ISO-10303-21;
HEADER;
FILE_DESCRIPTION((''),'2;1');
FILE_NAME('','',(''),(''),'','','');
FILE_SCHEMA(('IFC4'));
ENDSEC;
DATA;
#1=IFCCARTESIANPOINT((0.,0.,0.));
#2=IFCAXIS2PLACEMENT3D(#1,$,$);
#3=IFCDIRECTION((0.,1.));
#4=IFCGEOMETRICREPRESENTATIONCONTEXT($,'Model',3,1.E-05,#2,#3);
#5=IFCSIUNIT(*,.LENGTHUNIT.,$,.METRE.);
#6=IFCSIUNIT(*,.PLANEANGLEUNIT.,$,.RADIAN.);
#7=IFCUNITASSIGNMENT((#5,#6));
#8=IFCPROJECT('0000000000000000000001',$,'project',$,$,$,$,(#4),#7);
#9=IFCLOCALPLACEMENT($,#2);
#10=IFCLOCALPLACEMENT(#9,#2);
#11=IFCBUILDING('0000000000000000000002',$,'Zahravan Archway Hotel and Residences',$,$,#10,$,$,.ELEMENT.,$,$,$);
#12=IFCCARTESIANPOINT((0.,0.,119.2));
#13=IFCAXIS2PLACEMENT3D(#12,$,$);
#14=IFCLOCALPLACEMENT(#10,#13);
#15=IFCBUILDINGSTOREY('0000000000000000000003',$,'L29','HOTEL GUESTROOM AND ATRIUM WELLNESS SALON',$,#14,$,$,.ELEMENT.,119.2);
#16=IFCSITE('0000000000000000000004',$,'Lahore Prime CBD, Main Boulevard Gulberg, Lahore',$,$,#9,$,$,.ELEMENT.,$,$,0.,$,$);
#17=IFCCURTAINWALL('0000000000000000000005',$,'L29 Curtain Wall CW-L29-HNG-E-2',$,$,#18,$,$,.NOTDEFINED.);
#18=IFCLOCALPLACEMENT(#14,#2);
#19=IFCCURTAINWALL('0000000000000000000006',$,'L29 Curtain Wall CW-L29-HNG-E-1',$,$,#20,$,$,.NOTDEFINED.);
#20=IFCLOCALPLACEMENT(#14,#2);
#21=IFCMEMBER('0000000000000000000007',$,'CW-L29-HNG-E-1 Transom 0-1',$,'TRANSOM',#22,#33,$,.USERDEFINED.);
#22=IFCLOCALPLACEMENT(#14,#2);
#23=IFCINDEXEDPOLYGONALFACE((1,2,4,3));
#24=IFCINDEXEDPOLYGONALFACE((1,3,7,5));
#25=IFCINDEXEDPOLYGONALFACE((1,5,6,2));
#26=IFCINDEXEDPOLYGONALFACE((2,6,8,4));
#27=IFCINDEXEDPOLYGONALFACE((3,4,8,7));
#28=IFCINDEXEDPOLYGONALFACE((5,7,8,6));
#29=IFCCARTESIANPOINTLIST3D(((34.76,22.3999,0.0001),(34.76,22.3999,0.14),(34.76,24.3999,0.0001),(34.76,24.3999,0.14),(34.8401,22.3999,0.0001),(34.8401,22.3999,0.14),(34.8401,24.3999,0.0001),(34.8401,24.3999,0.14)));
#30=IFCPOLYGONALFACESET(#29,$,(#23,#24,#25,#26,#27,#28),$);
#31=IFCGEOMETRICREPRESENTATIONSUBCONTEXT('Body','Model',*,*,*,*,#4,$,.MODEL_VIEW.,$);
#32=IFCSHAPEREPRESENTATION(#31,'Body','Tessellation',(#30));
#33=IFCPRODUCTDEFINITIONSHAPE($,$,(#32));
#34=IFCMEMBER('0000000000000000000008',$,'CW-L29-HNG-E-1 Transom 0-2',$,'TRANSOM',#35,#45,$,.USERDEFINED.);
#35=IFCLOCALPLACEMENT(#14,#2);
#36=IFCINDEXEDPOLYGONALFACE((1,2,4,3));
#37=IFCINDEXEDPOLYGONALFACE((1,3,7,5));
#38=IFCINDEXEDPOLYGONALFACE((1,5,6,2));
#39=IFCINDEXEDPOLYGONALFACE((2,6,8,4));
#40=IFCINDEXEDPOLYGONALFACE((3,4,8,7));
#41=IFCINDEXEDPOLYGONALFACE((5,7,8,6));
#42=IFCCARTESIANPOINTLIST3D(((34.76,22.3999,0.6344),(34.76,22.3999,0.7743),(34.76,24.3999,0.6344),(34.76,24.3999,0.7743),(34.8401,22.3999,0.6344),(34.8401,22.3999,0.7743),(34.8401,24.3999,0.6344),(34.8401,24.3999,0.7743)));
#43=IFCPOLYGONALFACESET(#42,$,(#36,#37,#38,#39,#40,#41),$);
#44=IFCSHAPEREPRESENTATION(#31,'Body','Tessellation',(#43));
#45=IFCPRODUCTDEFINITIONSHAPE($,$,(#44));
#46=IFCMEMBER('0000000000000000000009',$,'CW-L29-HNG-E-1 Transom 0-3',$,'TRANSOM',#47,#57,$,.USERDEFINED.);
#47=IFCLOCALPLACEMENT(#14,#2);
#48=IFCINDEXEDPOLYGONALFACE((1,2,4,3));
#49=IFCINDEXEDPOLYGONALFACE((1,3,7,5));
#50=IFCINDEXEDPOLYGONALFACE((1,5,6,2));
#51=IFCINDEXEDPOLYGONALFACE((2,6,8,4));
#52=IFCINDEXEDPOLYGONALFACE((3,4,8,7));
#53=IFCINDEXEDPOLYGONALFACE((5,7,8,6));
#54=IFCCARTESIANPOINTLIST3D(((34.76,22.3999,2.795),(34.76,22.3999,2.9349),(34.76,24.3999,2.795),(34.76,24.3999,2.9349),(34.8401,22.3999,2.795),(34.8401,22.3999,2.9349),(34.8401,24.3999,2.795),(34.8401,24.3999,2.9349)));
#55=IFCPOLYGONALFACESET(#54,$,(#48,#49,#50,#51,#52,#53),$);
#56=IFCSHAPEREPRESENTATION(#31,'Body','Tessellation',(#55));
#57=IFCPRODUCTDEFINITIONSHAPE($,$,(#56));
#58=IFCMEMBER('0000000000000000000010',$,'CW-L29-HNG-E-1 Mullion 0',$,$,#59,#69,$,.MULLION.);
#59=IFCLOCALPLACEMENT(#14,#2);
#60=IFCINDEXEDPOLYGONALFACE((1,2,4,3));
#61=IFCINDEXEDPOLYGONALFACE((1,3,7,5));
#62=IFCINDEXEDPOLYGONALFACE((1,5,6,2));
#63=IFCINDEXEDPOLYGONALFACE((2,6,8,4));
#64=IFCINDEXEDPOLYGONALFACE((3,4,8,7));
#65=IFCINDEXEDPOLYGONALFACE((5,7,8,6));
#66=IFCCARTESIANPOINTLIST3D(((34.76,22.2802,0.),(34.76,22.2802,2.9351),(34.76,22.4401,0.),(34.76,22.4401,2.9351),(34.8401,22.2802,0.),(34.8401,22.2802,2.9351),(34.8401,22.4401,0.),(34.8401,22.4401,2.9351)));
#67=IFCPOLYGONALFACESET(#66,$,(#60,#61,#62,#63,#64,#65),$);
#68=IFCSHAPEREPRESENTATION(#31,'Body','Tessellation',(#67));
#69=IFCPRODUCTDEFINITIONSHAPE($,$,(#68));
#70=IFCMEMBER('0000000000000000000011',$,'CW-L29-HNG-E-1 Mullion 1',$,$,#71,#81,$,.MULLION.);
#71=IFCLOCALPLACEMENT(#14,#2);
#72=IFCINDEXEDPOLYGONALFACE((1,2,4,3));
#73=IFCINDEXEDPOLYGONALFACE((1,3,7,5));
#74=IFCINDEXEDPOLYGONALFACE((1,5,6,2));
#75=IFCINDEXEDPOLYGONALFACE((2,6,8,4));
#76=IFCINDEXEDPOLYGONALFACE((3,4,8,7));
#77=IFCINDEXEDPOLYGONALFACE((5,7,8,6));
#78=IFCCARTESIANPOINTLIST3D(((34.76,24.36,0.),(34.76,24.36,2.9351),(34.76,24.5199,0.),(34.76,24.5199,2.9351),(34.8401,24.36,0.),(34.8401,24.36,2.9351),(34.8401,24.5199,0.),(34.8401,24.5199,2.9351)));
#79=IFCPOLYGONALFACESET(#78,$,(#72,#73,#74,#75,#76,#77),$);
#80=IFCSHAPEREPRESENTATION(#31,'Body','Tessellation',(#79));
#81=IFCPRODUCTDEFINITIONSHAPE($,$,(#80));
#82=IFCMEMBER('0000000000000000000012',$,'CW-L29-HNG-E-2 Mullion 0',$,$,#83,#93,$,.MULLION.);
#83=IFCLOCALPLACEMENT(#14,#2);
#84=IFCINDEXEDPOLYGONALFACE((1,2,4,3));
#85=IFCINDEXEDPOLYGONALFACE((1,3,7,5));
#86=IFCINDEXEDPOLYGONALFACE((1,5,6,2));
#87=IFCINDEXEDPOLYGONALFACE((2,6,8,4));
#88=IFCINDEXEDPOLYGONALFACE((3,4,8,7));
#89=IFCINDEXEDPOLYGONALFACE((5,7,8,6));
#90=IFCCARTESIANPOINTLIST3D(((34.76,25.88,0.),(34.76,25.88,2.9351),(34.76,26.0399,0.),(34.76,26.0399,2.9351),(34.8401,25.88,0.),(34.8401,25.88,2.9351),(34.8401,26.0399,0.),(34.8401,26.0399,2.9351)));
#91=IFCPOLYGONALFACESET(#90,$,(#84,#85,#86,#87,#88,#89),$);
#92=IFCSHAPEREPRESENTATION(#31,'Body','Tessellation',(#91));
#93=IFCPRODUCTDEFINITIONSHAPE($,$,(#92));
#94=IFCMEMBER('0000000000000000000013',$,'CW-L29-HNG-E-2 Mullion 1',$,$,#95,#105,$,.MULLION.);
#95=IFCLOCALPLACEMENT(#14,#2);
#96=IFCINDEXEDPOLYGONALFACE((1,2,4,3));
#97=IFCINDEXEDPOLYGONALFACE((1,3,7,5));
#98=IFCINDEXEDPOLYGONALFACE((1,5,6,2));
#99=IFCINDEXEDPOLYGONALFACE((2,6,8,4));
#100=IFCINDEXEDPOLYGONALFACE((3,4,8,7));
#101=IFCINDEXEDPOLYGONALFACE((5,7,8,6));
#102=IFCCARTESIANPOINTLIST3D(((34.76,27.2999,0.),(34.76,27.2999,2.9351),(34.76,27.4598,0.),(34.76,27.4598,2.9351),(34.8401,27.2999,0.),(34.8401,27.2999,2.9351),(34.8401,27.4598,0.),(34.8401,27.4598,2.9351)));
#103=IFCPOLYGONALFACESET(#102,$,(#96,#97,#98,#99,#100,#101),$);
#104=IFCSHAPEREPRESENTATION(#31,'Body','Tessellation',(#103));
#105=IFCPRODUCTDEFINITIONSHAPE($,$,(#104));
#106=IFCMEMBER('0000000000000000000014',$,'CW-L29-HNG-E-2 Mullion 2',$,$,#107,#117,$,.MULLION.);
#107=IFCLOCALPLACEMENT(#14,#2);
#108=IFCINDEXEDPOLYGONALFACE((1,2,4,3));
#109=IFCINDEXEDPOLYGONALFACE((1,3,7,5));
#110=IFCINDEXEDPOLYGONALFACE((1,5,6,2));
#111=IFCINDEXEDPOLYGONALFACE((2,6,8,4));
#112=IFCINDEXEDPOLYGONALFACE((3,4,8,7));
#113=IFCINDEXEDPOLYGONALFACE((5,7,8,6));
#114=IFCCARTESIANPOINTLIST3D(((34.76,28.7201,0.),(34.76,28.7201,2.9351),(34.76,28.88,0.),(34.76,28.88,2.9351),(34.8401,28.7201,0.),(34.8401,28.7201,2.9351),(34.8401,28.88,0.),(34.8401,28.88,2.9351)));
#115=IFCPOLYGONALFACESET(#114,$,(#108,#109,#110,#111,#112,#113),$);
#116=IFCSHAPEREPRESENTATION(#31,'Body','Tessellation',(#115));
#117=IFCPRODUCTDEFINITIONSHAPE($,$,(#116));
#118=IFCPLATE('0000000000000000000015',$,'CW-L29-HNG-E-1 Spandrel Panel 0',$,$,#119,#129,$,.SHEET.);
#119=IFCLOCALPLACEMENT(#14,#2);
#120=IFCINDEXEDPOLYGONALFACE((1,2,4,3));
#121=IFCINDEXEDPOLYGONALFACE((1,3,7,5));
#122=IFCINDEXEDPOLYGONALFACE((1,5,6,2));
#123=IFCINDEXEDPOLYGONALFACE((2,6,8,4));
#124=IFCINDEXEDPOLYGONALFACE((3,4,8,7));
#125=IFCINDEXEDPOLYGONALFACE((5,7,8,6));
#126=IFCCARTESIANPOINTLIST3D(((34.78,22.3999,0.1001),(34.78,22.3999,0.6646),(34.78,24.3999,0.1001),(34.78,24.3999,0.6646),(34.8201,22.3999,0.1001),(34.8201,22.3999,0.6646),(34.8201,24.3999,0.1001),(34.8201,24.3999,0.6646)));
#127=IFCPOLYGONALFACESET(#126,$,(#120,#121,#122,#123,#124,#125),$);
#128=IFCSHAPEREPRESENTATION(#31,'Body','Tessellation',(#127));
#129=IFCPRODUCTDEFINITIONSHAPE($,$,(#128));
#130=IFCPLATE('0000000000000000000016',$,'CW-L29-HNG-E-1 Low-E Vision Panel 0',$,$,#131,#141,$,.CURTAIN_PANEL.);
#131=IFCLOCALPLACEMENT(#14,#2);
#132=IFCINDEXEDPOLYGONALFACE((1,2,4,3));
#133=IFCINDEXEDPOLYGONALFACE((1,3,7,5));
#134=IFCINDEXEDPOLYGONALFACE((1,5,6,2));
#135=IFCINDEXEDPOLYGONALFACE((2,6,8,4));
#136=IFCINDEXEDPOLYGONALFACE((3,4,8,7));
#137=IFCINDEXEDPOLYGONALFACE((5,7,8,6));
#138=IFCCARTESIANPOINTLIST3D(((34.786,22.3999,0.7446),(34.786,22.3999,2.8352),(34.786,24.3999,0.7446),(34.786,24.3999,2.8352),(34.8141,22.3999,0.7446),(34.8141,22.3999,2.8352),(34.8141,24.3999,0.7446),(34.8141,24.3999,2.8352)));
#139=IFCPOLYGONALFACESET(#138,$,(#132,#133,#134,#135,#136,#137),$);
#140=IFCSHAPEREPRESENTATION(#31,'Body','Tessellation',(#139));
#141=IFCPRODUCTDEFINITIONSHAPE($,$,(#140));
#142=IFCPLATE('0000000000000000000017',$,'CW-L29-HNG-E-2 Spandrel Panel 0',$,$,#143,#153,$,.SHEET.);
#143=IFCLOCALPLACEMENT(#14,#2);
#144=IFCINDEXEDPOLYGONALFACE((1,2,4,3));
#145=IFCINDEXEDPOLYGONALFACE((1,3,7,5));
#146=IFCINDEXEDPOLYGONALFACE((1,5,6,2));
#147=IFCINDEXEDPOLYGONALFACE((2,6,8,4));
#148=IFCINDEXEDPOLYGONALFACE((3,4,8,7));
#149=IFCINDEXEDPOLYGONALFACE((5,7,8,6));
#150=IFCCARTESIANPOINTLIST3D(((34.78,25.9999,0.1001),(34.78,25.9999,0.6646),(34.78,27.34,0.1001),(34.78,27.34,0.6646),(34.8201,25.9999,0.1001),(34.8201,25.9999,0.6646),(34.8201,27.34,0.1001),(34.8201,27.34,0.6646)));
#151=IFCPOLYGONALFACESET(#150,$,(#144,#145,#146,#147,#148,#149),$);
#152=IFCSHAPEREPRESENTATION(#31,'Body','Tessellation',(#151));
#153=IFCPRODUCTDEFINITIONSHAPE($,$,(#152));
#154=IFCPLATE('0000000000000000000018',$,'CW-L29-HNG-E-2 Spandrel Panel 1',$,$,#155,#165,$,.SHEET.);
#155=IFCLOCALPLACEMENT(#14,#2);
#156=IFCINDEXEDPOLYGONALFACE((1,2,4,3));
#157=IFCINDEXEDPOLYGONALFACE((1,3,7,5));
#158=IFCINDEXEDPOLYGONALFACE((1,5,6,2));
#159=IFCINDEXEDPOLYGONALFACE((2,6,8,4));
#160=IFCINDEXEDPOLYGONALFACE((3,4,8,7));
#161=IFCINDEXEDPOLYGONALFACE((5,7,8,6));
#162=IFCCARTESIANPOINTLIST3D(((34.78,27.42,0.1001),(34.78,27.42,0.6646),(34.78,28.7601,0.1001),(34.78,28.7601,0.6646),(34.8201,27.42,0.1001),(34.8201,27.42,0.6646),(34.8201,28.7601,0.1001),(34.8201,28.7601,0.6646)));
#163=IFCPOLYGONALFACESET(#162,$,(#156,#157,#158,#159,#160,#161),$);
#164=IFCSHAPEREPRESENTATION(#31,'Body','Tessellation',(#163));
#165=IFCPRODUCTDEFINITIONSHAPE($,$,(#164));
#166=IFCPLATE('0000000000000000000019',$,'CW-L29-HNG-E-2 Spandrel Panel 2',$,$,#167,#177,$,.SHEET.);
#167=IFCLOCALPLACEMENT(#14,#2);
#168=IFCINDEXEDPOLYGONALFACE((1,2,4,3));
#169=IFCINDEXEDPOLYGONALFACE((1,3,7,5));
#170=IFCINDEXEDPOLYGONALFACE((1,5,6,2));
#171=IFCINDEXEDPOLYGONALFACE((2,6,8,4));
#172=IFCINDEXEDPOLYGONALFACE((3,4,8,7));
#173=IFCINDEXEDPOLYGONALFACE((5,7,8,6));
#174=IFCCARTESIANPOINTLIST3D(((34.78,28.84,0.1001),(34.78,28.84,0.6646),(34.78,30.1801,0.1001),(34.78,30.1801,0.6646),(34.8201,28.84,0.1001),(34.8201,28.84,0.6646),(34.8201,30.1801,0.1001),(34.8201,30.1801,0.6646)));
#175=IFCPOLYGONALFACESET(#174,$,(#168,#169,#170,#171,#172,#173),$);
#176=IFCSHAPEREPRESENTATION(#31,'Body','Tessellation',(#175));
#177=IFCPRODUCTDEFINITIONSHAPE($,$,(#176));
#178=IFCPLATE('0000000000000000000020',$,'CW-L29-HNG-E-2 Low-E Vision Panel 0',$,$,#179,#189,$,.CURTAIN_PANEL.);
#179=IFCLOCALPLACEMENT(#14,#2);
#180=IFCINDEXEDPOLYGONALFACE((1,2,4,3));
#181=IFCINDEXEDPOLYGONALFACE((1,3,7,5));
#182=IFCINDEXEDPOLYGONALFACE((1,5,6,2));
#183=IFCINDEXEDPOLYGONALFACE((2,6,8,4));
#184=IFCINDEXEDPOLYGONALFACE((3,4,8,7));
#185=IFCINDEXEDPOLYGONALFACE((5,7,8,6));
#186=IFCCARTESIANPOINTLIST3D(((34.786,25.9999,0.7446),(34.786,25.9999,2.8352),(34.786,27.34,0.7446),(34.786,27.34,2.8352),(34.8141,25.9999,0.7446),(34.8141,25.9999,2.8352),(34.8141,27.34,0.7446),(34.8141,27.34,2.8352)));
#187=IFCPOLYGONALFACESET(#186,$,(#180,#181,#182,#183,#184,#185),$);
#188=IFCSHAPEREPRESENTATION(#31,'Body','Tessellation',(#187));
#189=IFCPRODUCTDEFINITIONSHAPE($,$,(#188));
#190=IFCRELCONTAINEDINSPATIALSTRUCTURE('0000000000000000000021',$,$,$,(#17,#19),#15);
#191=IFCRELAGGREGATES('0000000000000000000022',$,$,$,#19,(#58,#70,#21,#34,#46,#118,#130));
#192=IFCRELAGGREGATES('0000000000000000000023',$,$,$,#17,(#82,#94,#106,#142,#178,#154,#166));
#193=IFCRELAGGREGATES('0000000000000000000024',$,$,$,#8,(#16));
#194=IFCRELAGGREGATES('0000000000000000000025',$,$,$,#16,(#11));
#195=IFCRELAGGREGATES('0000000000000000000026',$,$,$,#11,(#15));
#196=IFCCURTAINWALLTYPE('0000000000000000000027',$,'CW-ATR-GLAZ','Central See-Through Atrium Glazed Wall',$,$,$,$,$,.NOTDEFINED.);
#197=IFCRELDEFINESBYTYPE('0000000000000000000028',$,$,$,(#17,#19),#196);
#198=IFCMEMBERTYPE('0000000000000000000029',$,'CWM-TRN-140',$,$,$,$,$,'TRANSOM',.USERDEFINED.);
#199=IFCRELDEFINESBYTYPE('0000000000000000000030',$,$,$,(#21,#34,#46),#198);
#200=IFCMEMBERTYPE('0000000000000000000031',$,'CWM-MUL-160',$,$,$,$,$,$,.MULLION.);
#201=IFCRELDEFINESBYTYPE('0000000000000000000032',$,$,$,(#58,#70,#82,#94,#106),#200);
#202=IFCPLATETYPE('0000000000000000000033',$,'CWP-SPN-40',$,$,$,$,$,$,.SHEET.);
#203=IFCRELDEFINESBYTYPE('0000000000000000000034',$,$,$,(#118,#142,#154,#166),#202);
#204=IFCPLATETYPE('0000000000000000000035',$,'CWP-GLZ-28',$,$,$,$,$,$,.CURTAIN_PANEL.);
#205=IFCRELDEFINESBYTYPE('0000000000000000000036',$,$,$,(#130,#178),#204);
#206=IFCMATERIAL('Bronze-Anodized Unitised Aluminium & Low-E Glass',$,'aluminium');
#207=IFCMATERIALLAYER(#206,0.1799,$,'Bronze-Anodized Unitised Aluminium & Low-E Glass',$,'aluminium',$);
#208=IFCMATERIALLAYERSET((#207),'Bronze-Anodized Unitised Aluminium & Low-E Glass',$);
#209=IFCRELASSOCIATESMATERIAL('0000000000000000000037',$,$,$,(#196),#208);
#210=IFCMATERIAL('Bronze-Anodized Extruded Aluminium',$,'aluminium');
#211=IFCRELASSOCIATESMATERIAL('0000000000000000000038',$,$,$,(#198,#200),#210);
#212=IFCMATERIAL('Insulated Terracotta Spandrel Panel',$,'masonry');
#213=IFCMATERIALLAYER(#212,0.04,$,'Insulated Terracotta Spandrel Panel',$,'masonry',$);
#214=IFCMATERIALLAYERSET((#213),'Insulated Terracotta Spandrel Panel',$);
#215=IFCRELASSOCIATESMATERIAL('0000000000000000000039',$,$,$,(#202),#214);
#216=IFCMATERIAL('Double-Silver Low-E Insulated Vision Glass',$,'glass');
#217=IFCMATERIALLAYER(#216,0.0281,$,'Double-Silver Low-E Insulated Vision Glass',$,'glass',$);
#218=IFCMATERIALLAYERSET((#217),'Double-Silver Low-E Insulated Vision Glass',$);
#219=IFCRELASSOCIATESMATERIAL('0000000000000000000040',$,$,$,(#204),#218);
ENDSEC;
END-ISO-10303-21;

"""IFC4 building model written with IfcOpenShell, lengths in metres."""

from ifc_helpers import new_model, si_unit, direction, frame, origin, origin_2d, place, context, subcontext, project, spatial, rectangle, extrude, source, transform, mapped, material, layer, layer_set, material_profile, profile_set, type_object, element, aggregate, save


model = new_model("IFC4")

# Units and contexts
model_context = context("Model", 3, precision=1e-05, world=origin(), true_north=direction((0.0, 1.0)))
body_context = subcontext(model_context, "Body", "Model", "MODEL_VIEW")
ifc_project = project(units=[si_unit("LENGTHUNIT", "METRE"), si_unit("PLANEANGLEUNIT", "RADIAN")], contexts=[model_context])

# Site, building, storey
site_placement = place(None, origin())
site = spatial("IfcSite", under=ifc_project, at=site_placement, Name="Lahore Prime CBD, Main Boulevard Gulberg, Lahore", CompositionType="ELEMENT", RefElevation=0.0)
building_placement = place(site_placement, origin())
building = spatial("IfcBuilding", under=site, at=building_placement, Name="Zahravan Archway Hotel and Residences", CompositionType="ELEMENT")
storey_placement = place(building_placement, frame((0.0, 0.0, 119.2)))
storey = spatial("IfcBuildingStorey", under=building, at=storey_placement, Name="L29", Description="HOTEL GUESTROOM AND ATRIUM WELLNESS SALON", CompositionType="ELEMENT", Elevation=119.2)

# Curtain walls, members
ifc_material_1 = material(Name="Bronze-Anodized Unitised Aluminium & Low-E Glass", Category="aluminium")
ifc_layer_1 = layer(ifc_material_1, 0.1799, Name="Bronze-Anodized Unitised Aluminium & Low-E Glass", Category="aluminium")
ifc_layer_set_1 = layer_set([ifc_layer_1], Name="Bronze-Anodized Unitised Aluminium & Low-E Glass")
curtain_wall_type = type_object("IfcCurtainWallType", Name="CW-ATR-GLAZ", Description="Central See-Through Atrium Glazed Wall", PredefinedType="NOTDEFINED", material=ifc_layer_set_1)
curtain_wall_1_placement = place(storey_placement, origin())
curtain_wall_1 = element("IfcCurtainWall", 1, at=curtain_wall_1_placement, inside=storey, type_object=curtain_wall_type, Name="L29 Curtain Wall CW-L29-HNG-E-2", PredefinedType="NOTDEFINED")
ifc_material_2 = material(Name="Bronze-Anodized Extruded Aluminium", Category="aluminium")
ifc_material_profile_1 = material_profile(ifc_material_2, rectangle(XDim=0.0801, YDim=0.1399, at=origin_2d()), Name="TRN 80x140", Category="aluminium")
ifc_profile_set_1 = profile_set([ifc_material_profile_1], Name="Bronze-Anodized Extruded Aluminium")
member_type_1 = type_object("IfcMemberType", Name="CWM-TRN-140", ElementType="TRANSOM", PredefinedType="USERDEFINED", material=ifc_profile_set_1)
curtain_wall_2_placement = place(storey_placement, origin())
curtain_wall_2 = element("IfcCurtainWall", 2, at=curtain_wall_2_placement, inside=storey, type_object=curtain_wall_type, Name="L29 Curtain Wall CW-L29-HNG-E-1", PredefinedType="NOTDEFINED")
shared_shape_1 = source(origin(), body_context, "Body", "SweptSolid", [
    extrude(rectangle(XDim=0.0801, YDim=0.1399, at=origin_2d()), origin(), (0.0, 0.0, 1.0), 2.0),
])
member_1_placement = place(storey_placement, frame((34.8, 22.3999, 0.0701), z_axis=(0.0, 1.0, 0.0), x_axis=(-1.0, 0.0, 0.0)))
member_1 = element("IfcMember", 3, at=member_1_placement, type_object=member_type_1, Name="CW-L29-HNG-E-1 Transom 0-1", ObjectType="TRANSOM", PredefinedType="USERDEFINED", context=body_context, shape_type="MappedRepresentation", body=[
    mapped(shared_shape_1, transform((0.0, 0.0, 0.0), scale=1.0)),
])
member_2_placement = place(storey_placement, frame((34.8, 22.3999, 0.7043), z_axis=(0.0, 1.0, 0.0), x_axis=(-1.0, 0.0, 0.0)))
member_2 = element("IfcMember", 4, at=member_2_placement, type_object=member_type_1, Name="CW-L29-HNG-E-1 Transom 0-2", ObjectType="TRANSOM", PredefinedType="USERDEFINED", context=body_context, shape_type="MappedRepresentation", body=[
    mapped(shared_shape_1, transform((0.0, 0.0, 0.0), scale=1.0)),
])
member_3_placement = place(storey_placement, frame((34.8, 22.3999, 2.865), z_axis=(0.0, 1.0, 0.0), x_axis=(-1.0, 0.0, 0.0)))
member_3 = element("IfcMember", 5, at=member_3_placement, type_object=member_type_1, Name="CW-L29-HNG-E-1 Transom 0-3", ObjectType="TRANSOM", PredefinedType="USERDEFINED", context=body_context, shape_type="MappedRepresentation", body=[
    mapped(shared_shape_1, transform((0.0, 0.0, 0.0), scale=1.0)),
])
ifc_material_profile_2 = material_profile(ifc_material_2, rectangle(XDim=0.0801, YDim=0.1599, at=origin_2d()), Name="MUL 80x160", Category="aluminium")
ifc_profile_set_2 = profile_set([ifc_material_profile_2], Name="Bronze-Anodized Extruded Aluminium")
member_type_2 = type_object("IfcMemberType", Name="CWM-MUL-160", PredefinedType="MULLION", material=ifc_profile_set_2)
shared_shape_2 = source(origin(), body_context, "Body", "SweptSolid", [
    extrude(rectangle(XDim=0.0801, YDim=0.1599, at=origin_2d()), origin(), (0.0, 0.0, 1.0), 2.9351),
])
member_4_placement = place(storey_placement, frame((34.8, 22.3601, 0.0), z_axis=(0.0, 0.0, 1.0), x_axis=(1.0, 0.0, 0.0)))
member_4 = element("IfcMember", 6, at=member_4_placement, type_object=member_type_2, Name="CW-L29-HNG-E-1 Mullion 0", PredefinedType="MULLION", context=body_context, shape_type="MappedRepresentation", body=[
    mapped(shared_shape_2, transform((0.0, 0.0, 0.0), scale=1.0)),
])
member_5_placement = place(storey_placement, frame((34.8, 24.4399, 0.0), z_axis=(0.0, 0.0, 1.0), x_axis=(1.0, 0.0, 0.0)))
member_5 = element("IfcMember", 7, at=member_5_placement, type_object=member_type_2, Name="CW-L29-HNG-E-1 Mullion 1", PredefinedType="MULLION", context=body_context, shape_type="MappedRepresentation", body=[
    mapped(shared_shape_2, transform((0.0, 0.0, 0.0), scale=1.0)),
])

# Members
member_6_placement = place(storey_placement, frame((34.8, 25.96, 0.0), z_axis=(0.0, 0.0, 1.0), x_axis=(1.0, 0.0, 0.0)))
member_6 = element("IfcMember", 8, at=member_6_placement, type_object=member_type_2, Name="CW-L29-HNG-E-2 Mullion 0", PredefinedType="MULLION", context=body_context, shape_type="MappedRepresentation", body=[
    mapped(shared_shape_2, transform((0.0, 0.0, 0.0), scale=1.0)),
])
member_7_placement = place(storey_placement, frame((34.8, 27.3799, 0.0), z_axis=(0.0, 0.0, 1.0), x_axis=(1.0, 0.0, 0.0)))
member_7 = element("IfcMember", 9, at=member_7_placement, type_object=member_type_2, Name="CW-L29-HNG-E-2 Mullion 1", PredefinedType="MULLION", context=body_context, shape_type="MappedRepresentation", body=[
    mapped(shared_shape_2, transform((0.0, 0.0, 0.0), scale=1.0)),
])
member_8_placement = place(storey_placement, frame((34.8, 28.8, 0.0), z_axis=(0.0, 0.0, 1.0), x_axis=(1.0, 0.0, 0.0)))
member_8 = element("IfcMember", 10, at=member_8_placement, type_object=member_type_2, Name="CW-L29-HNG-E-2 Mullion 2", PredefinedType="MULLION", context=body_context, shape_type="MappedRepresentation", body=[
    mapped(shared_shape_2, transform((0.0, 0.0, 0.0), scale=1.0)),
])

# Plates
ifc_material_3 = material(Name="Insulated Terracotta Spandrel Panel", Category="masonry")
ifc_layer_2 = layer(ifc_material_3, 0.04, Name="Insulated Terracotta Spandrel Panel", Category="masonry")
ifc_layer_set_2 = layer_set([ifc_layer_2], Name="Insulated Terracotta Spandrel Panel")
plate_type_1 = type_object("IfcPlateType", Name="CWP-SPN-40", PredefinedType="SHEET", material=ifc_layer_set_2)
shared_shape_3 = source(origin(), body_context, "Body", "SweptSolid", [
    extrude(rectangle(XDim=2.0, YDim=0.04, at=origin_2d()), origin(), (0.0, 0.0, 1.0), 0.5645),
])
plate_1_placement = place(storey_placement, frame((34.8, 23.3999, 0.1001), z_axis=(0.0, 0.0, 1.0), x_axis=(0.0, 1.0, 0.0)))
plate_1 = element("IfcPlate", 11, at=plate_1_placement, type_object=plate_type_1, Name="CW-L29-HNG-E-1 Spandrel Panel 0", PredefinedType="SHEET", context=body_context, shape_type="MappedRepresentation", body=[
    mapped(shared_shape_3, transform((0.0, 0.0, 0.0), scale=1.0)),
])
ifc_material_4 = material(Name="Double-Silver Low-E Insulated Vision Glass", Category="glass")
ifc_layer_3 = layer(ifc_material_4, 0.0281, Name="Double-Silver Low-E Insulated Vision Glass", Category="glass")
ifc_layer_set_3 = layer_set([ifc_layer_3], Name="Double-Silver Low-E Insulated Vision Glass")
plate_type_2 = type_object("IfcPlateType", Name="CWP-GLZ-28", PredefinedType="CURTAIN_PANEL", material=ifc_layer_set_3)
shared_shape_4 = source(origin(), body_context, "Body", "SweptSolid", [
    extrude(rectangle(XDim=2.0, YDim=0.0281, at=origin_2d()), origin(), (0.0, 0.0, 1.0), 2.0906),
])
plate_2_placement = place(storey_placement, frame((34.8, 23.3999, 0.7446), z_axis=(0.0, 0.0, 1.0), x_axis=(0.0, 1.0, 0.0)))
plate_2 = element("IfcPlate", 12, at=plate_2_placement, type_object=plate_type_2, Name="CW-L29-HNG-E-1 Low-E Vision Panel 0", PredefinedType="CURTAIN_PANEL", context=body_context, shape_type="MappedRepresentation", body=[
    mapped(shared_shape_4, transform((0.0, 0.0, 0.0), scale=1.0)),
])
aggregate(curtain_wall_2, [member_4, member_5, member_1, member_2, member_3, plate_1, plate_2])
shared_shape_5 = source(origin(), body_context, "Body", "SweptSolid", [
    extrude(rectangle(XDim=1.3401, YDim=0.04, at=origin_2d()), origin(), (0.0, 0.0, 1.0), 0.5645),
])
plate_3_placement = place(storey_placement, frame((34.8, 26.6699, 0.1001), z_axis=(0.0, 0.0, 1.0), x_axis=(0.0, 1.0, 0.0)))
plate_3 = element("IfcPlate", 13, at=plate_3_placement, type_object=plate_type_1, Name="CW-L29-HNG-E-2 Spandrel Panel 0", PredefinedType="SHEET", context=body_context, shape_type="MappedRepresentation", body=[
    mapped(shared_shape_5, transform((0.0, 0.0, 0.0), scale=1.0)),
])
plate_4_placement = place(storey_placement, frame((34.8, 28.0901, 0.1001), z_axis=(0.0, 0.0, 1.0), x_axis=(0.0, 1.0, 0.0)))
plate_4 = element("IfcPlate", 14, at=plate_4_placement, type_object=plate_type_1, Name="CW-L29-HNG-E-2 Spandrel Panel 1", PredefinedType="SHEET", context=body_context, shape_type="MappedRepresentation", body=[
    mapped(shared_shape_5, transform((0.0, 0.0, 0.0), scale=1.0)),
])
plate_5_placement = place(storey_placement, frame((34.8, 29.51, 0.1001), z_axis=(0.0, 0.0, 1.0), x_axis=(0.0, 1.0, 0.0)))
plate_5 = element("IfcPlate", 15, at=plate_5_placement, type_object=plate_type_1, Name="CW-L29-HNG-E-2 Spandrel Panel 2", PredefinedType="SHEET", context=body_context, shape_type="MappedRepresentation", body=[
    mapped(shared_shape_5, transform((0.0, 0.0, 0.0), scale=1.0)),
])
shared_shape_6 = source(origin(), body_context, "Body", "SweptSolid", [
    extrude(rectangle(XDim=1.3401, YDim=0.0281, at=origin_2d()), origin(), (0.0, 0.0, 1.0), 2.0906),
])
plate_6_placement = place(storey_placement, frame((34.8, 26.6699, 0.7446), z_axis=(0.0, 0.0, 1.0), x_axis=(0.0, 1.0, 0.0)))
plate_6 = element("IfcPlate", 16, at=plate_6_placement, type_object=plate_type_2, Name="CW-L29-HNG-E-2 Low-E Vision Panel 0", PredefinedType="CURTAIN_PANEL", context=body_context, shape_type="MappedRepresentation", body=[
    mapped(shared_shape_6, transform((0.0, 0.0, 0.0), scale=1.0)),
])
aggregate(curtain_wall_1, [member_6, member_7, member_8, plate_3, plate_6, plate_4, plate_5])

save(model, "model.ifc")
